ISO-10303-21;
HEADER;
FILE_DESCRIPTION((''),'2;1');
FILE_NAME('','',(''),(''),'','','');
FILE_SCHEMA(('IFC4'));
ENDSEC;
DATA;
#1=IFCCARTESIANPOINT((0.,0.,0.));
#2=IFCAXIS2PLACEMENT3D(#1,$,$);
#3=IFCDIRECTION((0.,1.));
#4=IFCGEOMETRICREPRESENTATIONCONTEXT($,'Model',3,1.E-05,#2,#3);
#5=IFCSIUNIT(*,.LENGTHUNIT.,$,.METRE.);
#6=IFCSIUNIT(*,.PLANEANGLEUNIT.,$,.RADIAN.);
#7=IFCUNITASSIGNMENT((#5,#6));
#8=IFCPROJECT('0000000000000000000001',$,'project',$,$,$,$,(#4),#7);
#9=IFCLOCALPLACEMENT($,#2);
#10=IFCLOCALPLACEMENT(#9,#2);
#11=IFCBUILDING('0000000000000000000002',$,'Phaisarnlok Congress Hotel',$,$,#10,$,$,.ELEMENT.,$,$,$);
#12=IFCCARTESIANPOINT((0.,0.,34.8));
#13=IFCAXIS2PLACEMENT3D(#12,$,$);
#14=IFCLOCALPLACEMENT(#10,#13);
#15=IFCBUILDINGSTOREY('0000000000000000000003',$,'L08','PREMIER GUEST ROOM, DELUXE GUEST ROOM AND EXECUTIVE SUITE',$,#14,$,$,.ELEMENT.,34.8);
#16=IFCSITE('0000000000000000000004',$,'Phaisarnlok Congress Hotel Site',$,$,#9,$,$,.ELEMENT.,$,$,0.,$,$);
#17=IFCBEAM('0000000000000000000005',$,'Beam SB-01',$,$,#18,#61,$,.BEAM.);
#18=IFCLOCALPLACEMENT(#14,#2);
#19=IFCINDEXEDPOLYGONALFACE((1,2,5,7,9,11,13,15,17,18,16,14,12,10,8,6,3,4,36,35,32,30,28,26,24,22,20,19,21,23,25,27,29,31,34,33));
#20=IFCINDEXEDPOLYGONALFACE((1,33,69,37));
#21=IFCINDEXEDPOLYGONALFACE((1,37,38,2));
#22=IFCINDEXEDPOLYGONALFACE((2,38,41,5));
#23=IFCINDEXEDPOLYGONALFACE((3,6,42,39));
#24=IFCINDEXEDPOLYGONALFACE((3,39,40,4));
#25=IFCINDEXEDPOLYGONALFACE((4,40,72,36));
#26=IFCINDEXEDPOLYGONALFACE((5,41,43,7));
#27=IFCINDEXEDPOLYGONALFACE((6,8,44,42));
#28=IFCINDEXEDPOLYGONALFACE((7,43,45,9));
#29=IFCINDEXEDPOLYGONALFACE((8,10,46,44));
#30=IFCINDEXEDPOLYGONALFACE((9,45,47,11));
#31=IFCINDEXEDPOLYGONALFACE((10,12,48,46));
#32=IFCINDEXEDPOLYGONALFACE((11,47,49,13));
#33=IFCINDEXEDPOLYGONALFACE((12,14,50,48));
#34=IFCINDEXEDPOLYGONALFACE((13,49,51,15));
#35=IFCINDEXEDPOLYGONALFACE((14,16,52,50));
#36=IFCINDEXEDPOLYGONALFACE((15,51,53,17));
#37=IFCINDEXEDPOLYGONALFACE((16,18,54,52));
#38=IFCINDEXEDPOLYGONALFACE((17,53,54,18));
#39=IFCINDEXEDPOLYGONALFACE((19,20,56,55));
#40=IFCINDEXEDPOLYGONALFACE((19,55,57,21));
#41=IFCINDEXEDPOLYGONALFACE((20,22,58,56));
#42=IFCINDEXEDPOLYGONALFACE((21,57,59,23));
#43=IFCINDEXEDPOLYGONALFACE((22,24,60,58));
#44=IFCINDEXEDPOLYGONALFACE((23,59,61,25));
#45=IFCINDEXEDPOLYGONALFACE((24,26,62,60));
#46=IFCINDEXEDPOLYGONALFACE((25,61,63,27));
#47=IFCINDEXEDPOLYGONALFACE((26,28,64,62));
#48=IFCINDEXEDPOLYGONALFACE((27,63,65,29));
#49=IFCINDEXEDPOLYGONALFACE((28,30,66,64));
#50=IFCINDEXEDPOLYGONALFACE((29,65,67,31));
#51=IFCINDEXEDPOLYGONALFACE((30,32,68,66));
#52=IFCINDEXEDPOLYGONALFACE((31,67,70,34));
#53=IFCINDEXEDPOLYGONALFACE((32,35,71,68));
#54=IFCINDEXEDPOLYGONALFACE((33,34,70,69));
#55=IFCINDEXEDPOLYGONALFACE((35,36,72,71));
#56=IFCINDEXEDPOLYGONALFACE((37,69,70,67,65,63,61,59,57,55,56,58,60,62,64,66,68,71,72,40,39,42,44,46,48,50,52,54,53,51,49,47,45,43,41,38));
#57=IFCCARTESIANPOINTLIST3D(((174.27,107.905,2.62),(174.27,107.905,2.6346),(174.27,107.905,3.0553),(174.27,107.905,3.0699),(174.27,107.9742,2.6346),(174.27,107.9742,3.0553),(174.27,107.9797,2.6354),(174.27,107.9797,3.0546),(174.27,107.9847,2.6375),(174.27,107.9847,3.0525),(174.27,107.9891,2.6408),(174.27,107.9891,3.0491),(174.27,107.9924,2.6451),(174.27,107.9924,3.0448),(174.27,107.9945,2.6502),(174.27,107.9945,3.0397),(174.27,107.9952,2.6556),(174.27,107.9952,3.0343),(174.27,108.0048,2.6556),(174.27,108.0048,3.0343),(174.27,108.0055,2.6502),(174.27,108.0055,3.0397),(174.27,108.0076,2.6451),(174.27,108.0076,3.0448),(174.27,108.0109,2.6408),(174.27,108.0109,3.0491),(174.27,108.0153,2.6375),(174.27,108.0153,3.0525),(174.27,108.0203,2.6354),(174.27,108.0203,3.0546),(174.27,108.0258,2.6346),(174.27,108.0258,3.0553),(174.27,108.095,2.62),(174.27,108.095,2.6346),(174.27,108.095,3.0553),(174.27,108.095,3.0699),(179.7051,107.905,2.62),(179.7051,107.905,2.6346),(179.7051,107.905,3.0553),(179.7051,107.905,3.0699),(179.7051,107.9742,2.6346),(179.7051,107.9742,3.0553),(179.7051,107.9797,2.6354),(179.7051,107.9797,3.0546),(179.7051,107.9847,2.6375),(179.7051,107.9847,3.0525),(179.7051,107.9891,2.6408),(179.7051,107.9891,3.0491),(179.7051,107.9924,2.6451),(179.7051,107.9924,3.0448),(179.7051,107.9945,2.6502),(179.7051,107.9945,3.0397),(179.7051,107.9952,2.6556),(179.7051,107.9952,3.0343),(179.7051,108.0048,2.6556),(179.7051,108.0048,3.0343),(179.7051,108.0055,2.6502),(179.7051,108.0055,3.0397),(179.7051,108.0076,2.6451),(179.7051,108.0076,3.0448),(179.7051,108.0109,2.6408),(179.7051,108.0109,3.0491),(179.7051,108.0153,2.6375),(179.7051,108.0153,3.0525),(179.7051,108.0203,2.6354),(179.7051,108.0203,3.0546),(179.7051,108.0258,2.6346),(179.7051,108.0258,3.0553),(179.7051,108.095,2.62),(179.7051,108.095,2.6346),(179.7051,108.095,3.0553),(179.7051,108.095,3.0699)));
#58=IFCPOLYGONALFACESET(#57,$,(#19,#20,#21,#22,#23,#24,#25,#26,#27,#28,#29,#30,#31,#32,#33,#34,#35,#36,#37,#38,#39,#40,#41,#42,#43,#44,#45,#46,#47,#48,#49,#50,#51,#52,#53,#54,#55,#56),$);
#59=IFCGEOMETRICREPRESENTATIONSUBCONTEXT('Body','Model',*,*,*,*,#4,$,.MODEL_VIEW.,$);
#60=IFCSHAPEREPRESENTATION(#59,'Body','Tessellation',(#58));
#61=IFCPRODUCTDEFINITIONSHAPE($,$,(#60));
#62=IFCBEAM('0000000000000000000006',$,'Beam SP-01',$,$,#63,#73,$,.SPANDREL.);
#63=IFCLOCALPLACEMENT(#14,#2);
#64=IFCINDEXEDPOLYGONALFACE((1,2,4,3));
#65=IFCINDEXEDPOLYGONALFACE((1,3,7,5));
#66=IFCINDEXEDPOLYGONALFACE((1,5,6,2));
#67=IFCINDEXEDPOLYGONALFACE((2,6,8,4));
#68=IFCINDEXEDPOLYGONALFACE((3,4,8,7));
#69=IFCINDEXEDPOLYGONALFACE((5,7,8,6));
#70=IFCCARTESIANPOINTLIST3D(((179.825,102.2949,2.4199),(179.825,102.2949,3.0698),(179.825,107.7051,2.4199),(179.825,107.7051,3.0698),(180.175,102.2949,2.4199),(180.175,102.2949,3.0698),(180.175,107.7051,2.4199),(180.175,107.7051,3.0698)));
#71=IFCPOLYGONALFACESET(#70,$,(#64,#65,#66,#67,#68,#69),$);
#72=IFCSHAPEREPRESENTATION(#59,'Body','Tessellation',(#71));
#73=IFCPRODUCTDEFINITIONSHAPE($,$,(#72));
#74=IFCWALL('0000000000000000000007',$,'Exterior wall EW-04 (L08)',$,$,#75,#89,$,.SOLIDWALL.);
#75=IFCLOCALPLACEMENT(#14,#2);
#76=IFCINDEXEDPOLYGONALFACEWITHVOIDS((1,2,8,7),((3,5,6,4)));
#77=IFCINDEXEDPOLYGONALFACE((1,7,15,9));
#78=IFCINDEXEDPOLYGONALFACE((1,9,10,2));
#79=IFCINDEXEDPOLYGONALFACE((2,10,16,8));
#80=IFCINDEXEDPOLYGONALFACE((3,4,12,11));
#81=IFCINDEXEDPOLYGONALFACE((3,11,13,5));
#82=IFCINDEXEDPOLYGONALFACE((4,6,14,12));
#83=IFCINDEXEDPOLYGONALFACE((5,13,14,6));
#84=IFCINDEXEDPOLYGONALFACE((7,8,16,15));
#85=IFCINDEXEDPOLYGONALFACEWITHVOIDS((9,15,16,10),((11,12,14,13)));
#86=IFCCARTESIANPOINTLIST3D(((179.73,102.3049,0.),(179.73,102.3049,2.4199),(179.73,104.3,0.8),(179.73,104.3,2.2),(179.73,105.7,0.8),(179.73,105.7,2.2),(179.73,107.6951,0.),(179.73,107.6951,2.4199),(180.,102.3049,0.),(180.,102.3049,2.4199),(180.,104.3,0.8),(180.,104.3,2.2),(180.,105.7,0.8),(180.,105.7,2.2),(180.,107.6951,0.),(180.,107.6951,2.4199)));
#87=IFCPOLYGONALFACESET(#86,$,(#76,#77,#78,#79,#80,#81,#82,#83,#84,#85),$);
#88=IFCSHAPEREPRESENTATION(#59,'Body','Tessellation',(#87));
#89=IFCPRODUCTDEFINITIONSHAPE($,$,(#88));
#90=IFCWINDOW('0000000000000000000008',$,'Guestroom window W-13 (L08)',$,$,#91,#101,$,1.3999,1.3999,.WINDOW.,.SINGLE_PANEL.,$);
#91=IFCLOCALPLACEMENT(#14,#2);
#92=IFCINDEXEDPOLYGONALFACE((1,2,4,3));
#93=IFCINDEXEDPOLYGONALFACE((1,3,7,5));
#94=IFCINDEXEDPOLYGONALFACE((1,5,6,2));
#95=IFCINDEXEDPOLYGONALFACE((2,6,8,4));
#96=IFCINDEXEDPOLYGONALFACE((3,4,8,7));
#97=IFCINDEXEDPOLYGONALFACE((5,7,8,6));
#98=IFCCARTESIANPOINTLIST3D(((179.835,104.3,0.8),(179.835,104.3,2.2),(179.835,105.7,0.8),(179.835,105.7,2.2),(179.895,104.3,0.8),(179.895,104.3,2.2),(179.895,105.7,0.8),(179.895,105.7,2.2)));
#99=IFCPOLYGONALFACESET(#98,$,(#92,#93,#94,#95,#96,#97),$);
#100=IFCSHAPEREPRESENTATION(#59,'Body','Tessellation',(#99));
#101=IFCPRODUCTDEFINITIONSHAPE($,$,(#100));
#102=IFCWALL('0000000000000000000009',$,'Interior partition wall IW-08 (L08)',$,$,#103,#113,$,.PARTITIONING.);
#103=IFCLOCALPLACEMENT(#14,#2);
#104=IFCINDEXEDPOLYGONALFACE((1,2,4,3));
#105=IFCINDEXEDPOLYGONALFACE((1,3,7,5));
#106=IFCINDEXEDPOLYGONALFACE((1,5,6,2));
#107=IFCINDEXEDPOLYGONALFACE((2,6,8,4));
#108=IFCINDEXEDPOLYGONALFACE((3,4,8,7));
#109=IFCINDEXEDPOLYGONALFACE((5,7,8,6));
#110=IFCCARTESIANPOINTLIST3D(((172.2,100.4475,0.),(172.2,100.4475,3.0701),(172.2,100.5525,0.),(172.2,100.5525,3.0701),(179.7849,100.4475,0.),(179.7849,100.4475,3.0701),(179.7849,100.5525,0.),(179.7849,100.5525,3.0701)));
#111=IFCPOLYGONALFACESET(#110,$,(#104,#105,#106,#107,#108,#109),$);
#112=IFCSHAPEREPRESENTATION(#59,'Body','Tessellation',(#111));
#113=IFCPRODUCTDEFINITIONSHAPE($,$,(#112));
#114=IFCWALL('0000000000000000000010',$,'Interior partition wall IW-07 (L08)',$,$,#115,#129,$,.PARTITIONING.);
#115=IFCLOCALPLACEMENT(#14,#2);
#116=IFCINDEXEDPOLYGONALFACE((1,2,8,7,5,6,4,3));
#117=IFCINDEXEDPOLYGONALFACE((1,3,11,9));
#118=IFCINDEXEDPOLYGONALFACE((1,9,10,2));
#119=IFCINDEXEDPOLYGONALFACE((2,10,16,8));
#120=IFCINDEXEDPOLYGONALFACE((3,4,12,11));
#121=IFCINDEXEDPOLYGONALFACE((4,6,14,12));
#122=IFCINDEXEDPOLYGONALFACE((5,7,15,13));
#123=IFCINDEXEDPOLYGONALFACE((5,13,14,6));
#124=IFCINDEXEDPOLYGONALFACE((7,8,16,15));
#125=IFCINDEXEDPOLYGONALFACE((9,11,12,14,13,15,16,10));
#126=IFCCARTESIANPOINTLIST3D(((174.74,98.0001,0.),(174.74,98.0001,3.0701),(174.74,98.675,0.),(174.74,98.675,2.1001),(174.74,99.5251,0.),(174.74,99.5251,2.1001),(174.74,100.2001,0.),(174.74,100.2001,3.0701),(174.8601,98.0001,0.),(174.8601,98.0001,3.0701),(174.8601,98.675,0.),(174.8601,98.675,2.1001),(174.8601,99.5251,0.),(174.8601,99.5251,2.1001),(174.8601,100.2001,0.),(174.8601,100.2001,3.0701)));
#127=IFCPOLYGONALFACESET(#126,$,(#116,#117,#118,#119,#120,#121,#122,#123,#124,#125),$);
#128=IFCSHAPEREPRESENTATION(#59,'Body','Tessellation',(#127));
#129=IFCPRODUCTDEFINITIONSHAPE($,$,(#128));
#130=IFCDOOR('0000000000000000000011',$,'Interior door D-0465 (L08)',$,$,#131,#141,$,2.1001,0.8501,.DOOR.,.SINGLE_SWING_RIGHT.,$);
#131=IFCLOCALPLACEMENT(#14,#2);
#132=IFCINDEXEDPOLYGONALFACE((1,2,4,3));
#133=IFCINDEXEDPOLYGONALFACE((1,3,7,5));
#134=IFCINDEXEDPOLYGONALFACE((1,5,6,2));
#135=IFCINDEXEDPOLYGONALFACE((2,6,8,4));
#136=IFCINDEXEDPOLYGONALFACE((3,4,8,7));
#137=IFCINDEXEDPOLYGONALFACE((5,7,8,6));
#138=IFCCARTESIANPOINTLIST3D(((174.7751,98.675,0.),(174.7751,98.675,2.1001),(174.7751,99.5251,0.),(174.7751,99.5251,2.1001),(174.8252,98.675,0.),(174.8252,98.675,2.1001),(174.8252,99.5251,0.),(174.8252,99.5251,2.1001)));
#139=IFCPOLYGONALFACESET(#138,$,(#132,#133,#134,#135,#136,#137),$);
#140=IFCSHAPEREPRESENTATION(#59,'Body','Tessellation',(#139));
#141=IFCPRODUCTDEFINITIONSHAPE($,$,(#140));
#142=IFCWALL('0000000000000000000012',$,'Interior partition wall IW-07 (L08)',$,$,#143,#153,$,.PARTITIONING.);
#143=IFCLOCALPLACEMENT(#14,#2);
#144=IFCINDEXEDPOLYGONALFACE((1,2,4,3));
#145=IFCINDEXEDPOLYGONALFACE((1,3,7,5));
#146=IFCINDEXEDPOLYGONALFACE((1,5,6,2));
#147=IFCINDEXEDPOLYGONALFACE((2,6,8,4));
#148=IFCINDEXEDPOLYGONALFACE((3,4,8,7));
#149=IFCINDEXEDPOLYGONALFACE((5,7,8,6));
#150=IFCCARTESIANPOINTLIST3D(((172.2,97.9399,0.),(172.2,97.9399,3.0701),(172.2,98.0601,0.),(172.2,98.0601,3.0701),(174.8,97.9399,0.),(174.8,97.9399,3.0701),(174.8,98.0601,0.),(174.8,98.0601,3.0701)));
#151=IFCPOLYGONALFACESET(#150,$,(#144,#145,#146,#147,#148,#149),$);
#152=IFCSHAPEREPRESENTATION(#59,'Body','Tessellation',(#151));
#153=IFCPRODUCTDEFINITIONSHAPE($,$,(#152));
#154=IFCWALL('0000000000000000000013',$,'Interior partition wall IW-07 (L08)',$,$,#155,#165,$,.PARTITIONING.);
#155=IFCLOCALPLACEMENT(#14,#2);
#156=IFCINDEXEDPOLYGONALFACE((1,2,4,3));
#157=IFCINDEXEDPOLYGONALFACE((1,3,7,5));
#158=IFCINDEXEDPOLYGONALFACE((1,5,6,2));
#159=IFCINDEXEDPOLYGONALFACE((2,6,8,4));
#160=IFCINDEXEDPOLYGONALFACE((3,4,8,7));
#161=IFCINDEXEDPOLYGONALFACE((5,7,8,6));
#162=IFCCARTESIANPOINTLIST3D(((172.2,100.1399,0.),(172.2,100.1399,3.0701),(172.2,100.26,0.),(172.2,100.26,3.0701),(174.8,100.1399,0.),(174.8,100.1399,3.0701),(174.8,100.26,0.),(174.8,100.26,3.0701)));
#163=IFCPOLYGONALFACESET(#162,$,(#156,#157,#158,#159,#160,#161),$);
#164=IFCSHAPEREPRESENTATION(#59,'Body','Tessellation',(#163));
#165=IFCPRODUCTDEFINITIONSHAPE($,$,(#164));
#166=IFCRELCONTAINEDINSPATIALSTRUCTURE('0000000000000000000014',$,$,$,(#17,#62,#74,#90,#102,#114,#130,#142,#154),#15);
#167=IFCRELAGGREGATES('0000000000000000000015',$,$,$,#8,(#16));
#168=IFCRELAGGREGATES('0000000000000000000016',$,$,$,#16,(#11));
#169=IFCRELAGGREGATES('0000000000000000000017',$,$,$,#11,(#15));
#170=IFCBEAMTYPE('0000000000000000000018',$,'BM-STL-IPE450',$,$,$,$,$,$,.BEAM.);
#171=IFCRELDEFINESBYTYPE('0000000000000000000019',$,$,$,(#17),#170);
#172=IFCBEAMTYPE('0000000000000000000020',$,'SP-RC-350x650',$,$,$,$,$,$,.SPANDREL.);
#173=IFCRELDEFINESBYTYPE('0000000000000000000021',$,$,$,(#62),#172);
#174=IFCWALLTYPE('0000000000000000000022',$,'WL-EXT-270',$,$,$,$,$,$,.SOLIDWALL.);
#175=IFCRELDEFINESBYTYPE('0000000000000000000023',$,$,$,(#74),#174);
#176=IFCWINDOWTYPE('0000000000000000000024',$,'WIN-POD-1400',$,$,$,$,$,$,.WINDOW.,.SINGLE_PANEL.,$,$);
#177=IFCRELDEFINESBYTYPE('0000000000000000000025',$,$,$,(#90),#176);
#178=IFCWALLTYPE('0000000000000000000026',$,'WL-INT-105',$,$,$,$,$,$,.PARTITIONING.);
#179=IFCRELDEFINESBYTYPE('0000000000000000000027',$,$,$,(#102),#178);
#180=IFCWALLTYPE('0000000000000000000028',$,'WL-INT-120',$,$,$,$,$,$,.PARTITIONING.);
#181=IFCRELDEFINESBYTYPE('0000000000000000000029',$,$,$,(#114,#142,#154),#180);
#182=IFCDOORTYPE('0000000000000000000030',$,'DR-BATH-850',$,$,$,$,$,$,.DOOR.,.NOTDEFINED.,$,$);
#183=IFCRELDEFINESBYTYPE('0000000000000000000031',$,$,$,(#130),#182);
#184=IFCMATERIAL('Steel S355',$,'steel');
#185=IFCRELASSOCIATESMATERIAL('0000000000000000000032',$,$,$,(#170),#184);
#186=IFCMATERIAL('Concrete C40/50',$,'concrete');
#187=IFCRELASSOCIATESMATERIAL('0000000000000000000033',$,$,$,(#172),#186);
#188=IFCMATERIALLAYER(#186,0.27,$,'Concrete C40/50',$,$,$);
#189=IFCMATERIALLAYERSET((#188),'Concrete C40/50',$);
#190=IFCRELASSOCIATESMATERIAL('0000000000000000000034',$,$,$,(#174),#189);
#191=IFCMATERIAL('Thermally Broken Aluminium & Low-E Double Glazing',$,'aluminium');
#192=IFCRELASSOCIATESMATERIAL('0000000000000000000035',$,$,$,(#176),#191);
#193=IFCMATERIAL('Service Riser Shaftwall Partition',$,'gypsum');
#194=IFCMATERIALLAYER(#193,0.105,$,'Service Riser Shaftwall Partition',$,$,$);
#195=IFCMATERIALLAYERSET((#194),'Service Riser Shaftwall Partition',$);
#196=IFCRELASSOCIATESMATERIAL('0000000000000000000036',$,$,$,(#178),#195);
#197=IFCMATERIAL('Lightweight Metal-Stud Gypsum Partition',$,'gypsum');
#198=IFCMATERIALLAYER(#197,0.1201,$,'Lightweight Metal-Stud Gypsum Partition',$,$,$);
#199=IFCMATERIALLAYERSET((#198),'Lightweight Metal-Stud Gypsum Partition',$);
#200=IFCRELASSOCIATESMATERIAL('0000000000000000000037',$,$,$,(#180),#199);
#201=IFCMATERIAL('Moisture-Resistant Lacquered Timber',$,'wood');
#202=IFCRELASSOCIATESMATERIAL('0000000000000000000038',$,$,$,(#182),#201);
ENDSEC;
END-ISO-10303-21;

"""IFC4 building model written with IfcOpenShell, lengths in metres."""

from ifc_helpers import new_model, si_unit, direction, frame, frame_2d, origin, origin_2d, place, context, subcontext, project, spatial, rectangle, i_section, extrude, material, layer, layer_set, material_profile, profile_set, type_object, element, fill, save


model = new_model("IFC4")

# Units and contexts
model_context = context("Model", 3, precision=1e-05, world=origin(), true_north=direction((0.0, 1.0)))
body_context = subcontext(model_context, "Body", "Model", "MODEL_VIEW")
ifc_project = project(units=[si_unit("LENGTHUNIT", "METRE"), si_unit("PLANEANGLEUNIT", "RADIAN")], contexts=[model_context])

# Site, building, storey
site_placement = place(None, origin())
site = spatial("IfcSite", under=ifc_project, at=site_placement, Name="Phaisarnlok Congress Hotel Site", CompositionType="ELEMENT", RefElevation=0.0)
building_placement = place(site_placement, origin())
building = spatial("IfcBuilding", under=site, at=building_placement, Name="Phaisarnlok Congress Hotel", CompositionType="ELEMENT")
storey_placement = place(building_placement, frame((0.0, 0.0, 34.8)))
storey = spatial("IfcBuildingStorey", under=building, at=storey_placement, Name="L08", Description="PREMIER GUEST ROOM, DELUXE GUEST ROOM AND EXECUTIVE SUITE", CompositionType="ELEMENT", Elevation=34.8)

# Beams
ifc_material_1 = material(Name="Concrete C40/50", Category="concrete")
ifc_material_2 = material(Name="Steel S355", Category="steel")
ifc_material_profile_1 = material_profile(ifc_material_2, i_section(OverallWidth=0.1899, OverallDepth=0.45, WebThickness=0.0095, FlangeThickness=0.0146, FilletRadius=0.021, at=origin_2d()), Name="IPE 450")
ifc_profile_set_1 = profile_set([ifc_material_profile_1], Name="Steel S355")
beam_type_1 = type_object("IfcBeamType", Name="BM-STL-IPE450", PredefinedType="BEAM", material=ifc_profile_set_1)
for number, where, z_axis, x_axis, name in (
    (1, (174.27, 108.0, 2.845), (1.0, 0.0, 0.0), (0.0, 1.0, 0.0), "Beam SB-01"),
):
    element("IfcBeam", number, at=place(storey_placement, frame(where, z_axis=z_axis, x_axis=x_axis)), inside=storey, type_object=beam_type_1, Name=name, PredefinedType="BEAM", context=body_context, shape_type="SweptSolid", body=[
        extrude(i_section(OverallWidth=0.1899, OverallDepth=0.45, WebThickness=0.0095, FlangeThickness=0.0146, FilletRadius=0.021, at=origin_2d()), origin(), (0.0, 0.0, 1.0), 5.4351),
    ])
ifc_material_profile_2 = material_profile(ifc_material_1, rectangle(XDim=0.3501, YDim=0.6499, at=origin_2d()), Name="RC 350x650")
ifc_profile_set_2 = profile_set([ifc_material_profile_2], Name="Concrete C40/50")
beam_type_2 = type_object("IfcBeamType", Name="SP-RC-350x650", PredefinedType="SPANDREL", material=ifc_profile_set_2)
beam_1_placement = place(storey_placement, frame((180.0, 102.2949, 2.7449), z_axis=(0.0, 1.0, 0.0), x_axis=(-1.0, 0.0, 0.0)))
element("IfcBeam", 2, at=beam_1_placement, inside=storey, type_object=beam_type_2, Name="Beam SP-01", PredefinedType="SPANDREL", context=body_context, shape_type="SweptSolid", body=[
    extrude(rectangle(XDim=0.3501, YDim=0.6499, at=origin_2d()), origin(), (0.0, 0.0, 1.0), 5.4102),
])

# Wall, opening, window
ifc_layer_1 = layer(ifc_material_1, 0.27, Name="Concrete C40/50")
ifc_layer_set_1 = layer_set([ifc_layer_1], Name="Concrete C40/50")
wall_type_1 = type_object("IfcWallType", Name="WL-EXT-270", PredefinedType="SOLIDWALL", material=ifc_layer_set_1)
wall_1_placement = place(storey_placement, frame((179.865, 102.3049, 0.0), z_axis=(0.0, 0.0, 1.0), x_axis=(0.0, 1.0, 0.0)))
wall_1 = element("IfcWall", 3, at=wall_1_placement, inside=storey, type_object=wall_type_1, Name="Exterior wall EW-04 (L08)", PredefinedType="SOLIDWALL", context=body_context, shape_type="SweptSolid", body=[
    extrude(rectangle(XDim=5.3901, YDim=0.27, at=frame_2d((2.6951, 0.0))), origin(), (0.0, 0.0, 1.0), 2.4199),
])
opening_1_placement = place(wall_1_placement, frame((1.9951, 0.0, 0.8)))
opening_1 = element("IfcOpeningElement", 4, at=opening_1_placement, cuts=wall_1, PredefinedType="OPENING", context=body_context, shape_type="SweptSolid", body=[
    extrude(rectangle(XDim=1.3999, YDim=1.3999, at=frame_2d((0.7, 0.7))), frame((0.0, 0.145, 0.0), z_axis=(0.0, -1.0, 0.0), x_axis=(1.0, 0.0, 0.0)), (0.0, 0.0, 1.0), 0.29),
])
ifc_material_3 = material(Name="Thermally Broken Aluminium & Low-E Double Glazing", Category="aluminium")
window_type = type_object("IfcWindowType", Name="WIN-POD-1400", PartitioningType="SINGLE_PANEL", PredefinedType="WINDOW", material=ifc_material_3)
window_placement = place(opening_1_placement, origin())
window = element("IfcWindow", 5, at=window_placement, inside=storey, type_object=window_type, Name="Guestroom window W-13 (L08)", OverallHeight=1.3999, OverallWidth=1.3999, PartitioningType="SINGLE_PANEL", PredefinedType="WINDOW", context=body_context, shape_type="SweptSolid", body=[
    extrude(rectangle(XDim=1.3999, YDim=1.3999, at=frame_2d((0.7, 0.7))), frame((0.0, 0.03, 0.0), z_axis=(0.0, -1.0, 0.0), x_axis=(1.0, 0.0, 0.0)), (0.0, 0.0, 1.0), 0.0601),
])
fill(opening_1, window)

# Wall
ifc_material_4 = material(Name="Service Riser Shaftwall Partition", Category="gypsum")
ifc_layer_2 = layer(ifc_material_4, 0.105, Name="Service Riser Shaftwall Partition")
ifc_layer_set_2 = layer_set([ifc_layer_2], Name="Service Riser Shaftwall Partition")
wall_type_2 = type_object("IfcWallType", Name="WL-INT-105", PredefinedType="PARTITIONING", material=ifc_layer_set_2)
wall_2_placement = place(storey_placement, frame((172.2, 100.5, 0.0), z_axis=(0.0, 0.0, 1.0), x_axis=(1.0, 0.0, 0.0)))
element("IfcWall", 6, at=wall_2_placement, inside=storey, type_object=wall_type_2, Name="Interior partition wall IW-08 (L08)", PredefinedType="PARTITIONING", context=body_context, shape_type="SweptSolid", body=[
    extrude(rectangle(XDim=7.585, YDim=0.105, at=frame_2d((3.7925, 0.0))), origin(), (0.0, 0.0, 1.0), 3.0701),
])

# Wall, opening, door
ifc_material_5 = material(Name="Lightweight Metal-Stud Gypsum Partition", Category="gypsum")
ifc_layer_3 = layer(ifc_material_5, 0.1201, Name="Lightweight Metal-Stud Gypsum Partition")
ifc_layer_set_3 = layer_set([ifc_layer_3], Name="Lightweight Metal-Stud Gypsum Partition")
wall_type_3 = type_object("IfcWallType", Name="WL-INT-120", PredefinedType="PARTITIONING", material=ifc_layer_set_3)
wall_3_placement = place(storey_placement, frame((174.8, 98.0, 0.0), z_axis=(0.0, 0.0, 1.0), x_axis=(0.0, 1.0, 0.0)))
wall_3 = element("IfcWall", 7, at=wall_3_placement, inside=storey, type_object=wall_type_3, Name="Interior partition wall IW-07 (L08)", PredefinedType="PARTITIONING", context=body_context, shape_type="SweptSolid", body=[
    extrude(rectangle(XDim=2.2, YDim=0.1201, at=frame_2d((1.1001, 0.0))), origin(), (0.0, 0.0, 1.0), 3.0701),
])
opening_2_placement = place(wall_3_placement, frame((0.675, 0.0, 0.0)))
opening_2 = element("IfcOpeningElement", 8, at=opening_2_placement, cuts=wall_3, PredefinedType="OPENING", context=body_context, shape_type="SweptSolid", body=[
    extrude(rectangle(XDim=0.8501, YDim=2.1001, at=frame_2d((0.425, 1.05))), frame((0.0, 0.0701, 0.0), z_axis=(0.0, -1.0, 0.0), x_axis=(1.0, 0.0, 0.0)), (0.0, 0.0, 1.0), 0.1401),
])
ifc_material_6 = material(Name="Moisture-Resistant Lacquered Timber", Category="wood")
door_type = type_object("IfcDoorType", Name="DR-BATH-850", OperationType="NOTDEFINED", PredefinedType="DOOR", material=ifc_material_6)
door_1_placement = place(opening_2_placement, origin())
door_1 = element("IfcDoor", 9, at=door_1_placement, inside=storey, type_object=door_type, Name="Interior door D-0465 (L08)", OperationType="SINGLE_SWING_RIGHT", OverallHeight=2.1001, OverallWidth=0.8501, PredefinedType="DOOR", context=body_context, shape_type="SweptSolid", body=[
    extrude(rectangle(XDim=0.8501, YDim=2.1001, at=frame_2d((0.425, 1.05))), frame((0.0, 0.0249, 0.0), z_axis=(0.0, -1.0, 0.0), x_axis=(1.0, 0.0, 0.0)), (0.0, 0.0, 1.0), 0.05),
])
fill(opening_2, door_1)

# Walls
for number, where, z_axis, x_axis, name in (
    (10, (172.2, 98.0, 0.0), (0.0, 0.0, 1.0), (1.0, 0.0, 0.0), "Interior partition wall IW-07 (L08)"),
    (11, (172.2, 100.2, 0.0), (0.0, 0.0, 1.0), (1.0, 0.0, 0.0), "Interior partition wall IW-07 (L08)"),
):
    element("IfcWall", number, at=place(storey_placement, frame(where, z_axis=z_axis, x_axis=x_axis)), inside=storey, type_object=wall_type_3, Name=name, PredefinedType="PARTITIONING", context=body_context, shape_type="SweptSolid", body=[
        extrude(rectangle(XDim=2.6001, YDim=0.1201, at=frame_2d((1.3, 0.0))), origin(), (0.0, 0.0, 1.0), 3.0701),
    ])

save(model, "model.ifc")
